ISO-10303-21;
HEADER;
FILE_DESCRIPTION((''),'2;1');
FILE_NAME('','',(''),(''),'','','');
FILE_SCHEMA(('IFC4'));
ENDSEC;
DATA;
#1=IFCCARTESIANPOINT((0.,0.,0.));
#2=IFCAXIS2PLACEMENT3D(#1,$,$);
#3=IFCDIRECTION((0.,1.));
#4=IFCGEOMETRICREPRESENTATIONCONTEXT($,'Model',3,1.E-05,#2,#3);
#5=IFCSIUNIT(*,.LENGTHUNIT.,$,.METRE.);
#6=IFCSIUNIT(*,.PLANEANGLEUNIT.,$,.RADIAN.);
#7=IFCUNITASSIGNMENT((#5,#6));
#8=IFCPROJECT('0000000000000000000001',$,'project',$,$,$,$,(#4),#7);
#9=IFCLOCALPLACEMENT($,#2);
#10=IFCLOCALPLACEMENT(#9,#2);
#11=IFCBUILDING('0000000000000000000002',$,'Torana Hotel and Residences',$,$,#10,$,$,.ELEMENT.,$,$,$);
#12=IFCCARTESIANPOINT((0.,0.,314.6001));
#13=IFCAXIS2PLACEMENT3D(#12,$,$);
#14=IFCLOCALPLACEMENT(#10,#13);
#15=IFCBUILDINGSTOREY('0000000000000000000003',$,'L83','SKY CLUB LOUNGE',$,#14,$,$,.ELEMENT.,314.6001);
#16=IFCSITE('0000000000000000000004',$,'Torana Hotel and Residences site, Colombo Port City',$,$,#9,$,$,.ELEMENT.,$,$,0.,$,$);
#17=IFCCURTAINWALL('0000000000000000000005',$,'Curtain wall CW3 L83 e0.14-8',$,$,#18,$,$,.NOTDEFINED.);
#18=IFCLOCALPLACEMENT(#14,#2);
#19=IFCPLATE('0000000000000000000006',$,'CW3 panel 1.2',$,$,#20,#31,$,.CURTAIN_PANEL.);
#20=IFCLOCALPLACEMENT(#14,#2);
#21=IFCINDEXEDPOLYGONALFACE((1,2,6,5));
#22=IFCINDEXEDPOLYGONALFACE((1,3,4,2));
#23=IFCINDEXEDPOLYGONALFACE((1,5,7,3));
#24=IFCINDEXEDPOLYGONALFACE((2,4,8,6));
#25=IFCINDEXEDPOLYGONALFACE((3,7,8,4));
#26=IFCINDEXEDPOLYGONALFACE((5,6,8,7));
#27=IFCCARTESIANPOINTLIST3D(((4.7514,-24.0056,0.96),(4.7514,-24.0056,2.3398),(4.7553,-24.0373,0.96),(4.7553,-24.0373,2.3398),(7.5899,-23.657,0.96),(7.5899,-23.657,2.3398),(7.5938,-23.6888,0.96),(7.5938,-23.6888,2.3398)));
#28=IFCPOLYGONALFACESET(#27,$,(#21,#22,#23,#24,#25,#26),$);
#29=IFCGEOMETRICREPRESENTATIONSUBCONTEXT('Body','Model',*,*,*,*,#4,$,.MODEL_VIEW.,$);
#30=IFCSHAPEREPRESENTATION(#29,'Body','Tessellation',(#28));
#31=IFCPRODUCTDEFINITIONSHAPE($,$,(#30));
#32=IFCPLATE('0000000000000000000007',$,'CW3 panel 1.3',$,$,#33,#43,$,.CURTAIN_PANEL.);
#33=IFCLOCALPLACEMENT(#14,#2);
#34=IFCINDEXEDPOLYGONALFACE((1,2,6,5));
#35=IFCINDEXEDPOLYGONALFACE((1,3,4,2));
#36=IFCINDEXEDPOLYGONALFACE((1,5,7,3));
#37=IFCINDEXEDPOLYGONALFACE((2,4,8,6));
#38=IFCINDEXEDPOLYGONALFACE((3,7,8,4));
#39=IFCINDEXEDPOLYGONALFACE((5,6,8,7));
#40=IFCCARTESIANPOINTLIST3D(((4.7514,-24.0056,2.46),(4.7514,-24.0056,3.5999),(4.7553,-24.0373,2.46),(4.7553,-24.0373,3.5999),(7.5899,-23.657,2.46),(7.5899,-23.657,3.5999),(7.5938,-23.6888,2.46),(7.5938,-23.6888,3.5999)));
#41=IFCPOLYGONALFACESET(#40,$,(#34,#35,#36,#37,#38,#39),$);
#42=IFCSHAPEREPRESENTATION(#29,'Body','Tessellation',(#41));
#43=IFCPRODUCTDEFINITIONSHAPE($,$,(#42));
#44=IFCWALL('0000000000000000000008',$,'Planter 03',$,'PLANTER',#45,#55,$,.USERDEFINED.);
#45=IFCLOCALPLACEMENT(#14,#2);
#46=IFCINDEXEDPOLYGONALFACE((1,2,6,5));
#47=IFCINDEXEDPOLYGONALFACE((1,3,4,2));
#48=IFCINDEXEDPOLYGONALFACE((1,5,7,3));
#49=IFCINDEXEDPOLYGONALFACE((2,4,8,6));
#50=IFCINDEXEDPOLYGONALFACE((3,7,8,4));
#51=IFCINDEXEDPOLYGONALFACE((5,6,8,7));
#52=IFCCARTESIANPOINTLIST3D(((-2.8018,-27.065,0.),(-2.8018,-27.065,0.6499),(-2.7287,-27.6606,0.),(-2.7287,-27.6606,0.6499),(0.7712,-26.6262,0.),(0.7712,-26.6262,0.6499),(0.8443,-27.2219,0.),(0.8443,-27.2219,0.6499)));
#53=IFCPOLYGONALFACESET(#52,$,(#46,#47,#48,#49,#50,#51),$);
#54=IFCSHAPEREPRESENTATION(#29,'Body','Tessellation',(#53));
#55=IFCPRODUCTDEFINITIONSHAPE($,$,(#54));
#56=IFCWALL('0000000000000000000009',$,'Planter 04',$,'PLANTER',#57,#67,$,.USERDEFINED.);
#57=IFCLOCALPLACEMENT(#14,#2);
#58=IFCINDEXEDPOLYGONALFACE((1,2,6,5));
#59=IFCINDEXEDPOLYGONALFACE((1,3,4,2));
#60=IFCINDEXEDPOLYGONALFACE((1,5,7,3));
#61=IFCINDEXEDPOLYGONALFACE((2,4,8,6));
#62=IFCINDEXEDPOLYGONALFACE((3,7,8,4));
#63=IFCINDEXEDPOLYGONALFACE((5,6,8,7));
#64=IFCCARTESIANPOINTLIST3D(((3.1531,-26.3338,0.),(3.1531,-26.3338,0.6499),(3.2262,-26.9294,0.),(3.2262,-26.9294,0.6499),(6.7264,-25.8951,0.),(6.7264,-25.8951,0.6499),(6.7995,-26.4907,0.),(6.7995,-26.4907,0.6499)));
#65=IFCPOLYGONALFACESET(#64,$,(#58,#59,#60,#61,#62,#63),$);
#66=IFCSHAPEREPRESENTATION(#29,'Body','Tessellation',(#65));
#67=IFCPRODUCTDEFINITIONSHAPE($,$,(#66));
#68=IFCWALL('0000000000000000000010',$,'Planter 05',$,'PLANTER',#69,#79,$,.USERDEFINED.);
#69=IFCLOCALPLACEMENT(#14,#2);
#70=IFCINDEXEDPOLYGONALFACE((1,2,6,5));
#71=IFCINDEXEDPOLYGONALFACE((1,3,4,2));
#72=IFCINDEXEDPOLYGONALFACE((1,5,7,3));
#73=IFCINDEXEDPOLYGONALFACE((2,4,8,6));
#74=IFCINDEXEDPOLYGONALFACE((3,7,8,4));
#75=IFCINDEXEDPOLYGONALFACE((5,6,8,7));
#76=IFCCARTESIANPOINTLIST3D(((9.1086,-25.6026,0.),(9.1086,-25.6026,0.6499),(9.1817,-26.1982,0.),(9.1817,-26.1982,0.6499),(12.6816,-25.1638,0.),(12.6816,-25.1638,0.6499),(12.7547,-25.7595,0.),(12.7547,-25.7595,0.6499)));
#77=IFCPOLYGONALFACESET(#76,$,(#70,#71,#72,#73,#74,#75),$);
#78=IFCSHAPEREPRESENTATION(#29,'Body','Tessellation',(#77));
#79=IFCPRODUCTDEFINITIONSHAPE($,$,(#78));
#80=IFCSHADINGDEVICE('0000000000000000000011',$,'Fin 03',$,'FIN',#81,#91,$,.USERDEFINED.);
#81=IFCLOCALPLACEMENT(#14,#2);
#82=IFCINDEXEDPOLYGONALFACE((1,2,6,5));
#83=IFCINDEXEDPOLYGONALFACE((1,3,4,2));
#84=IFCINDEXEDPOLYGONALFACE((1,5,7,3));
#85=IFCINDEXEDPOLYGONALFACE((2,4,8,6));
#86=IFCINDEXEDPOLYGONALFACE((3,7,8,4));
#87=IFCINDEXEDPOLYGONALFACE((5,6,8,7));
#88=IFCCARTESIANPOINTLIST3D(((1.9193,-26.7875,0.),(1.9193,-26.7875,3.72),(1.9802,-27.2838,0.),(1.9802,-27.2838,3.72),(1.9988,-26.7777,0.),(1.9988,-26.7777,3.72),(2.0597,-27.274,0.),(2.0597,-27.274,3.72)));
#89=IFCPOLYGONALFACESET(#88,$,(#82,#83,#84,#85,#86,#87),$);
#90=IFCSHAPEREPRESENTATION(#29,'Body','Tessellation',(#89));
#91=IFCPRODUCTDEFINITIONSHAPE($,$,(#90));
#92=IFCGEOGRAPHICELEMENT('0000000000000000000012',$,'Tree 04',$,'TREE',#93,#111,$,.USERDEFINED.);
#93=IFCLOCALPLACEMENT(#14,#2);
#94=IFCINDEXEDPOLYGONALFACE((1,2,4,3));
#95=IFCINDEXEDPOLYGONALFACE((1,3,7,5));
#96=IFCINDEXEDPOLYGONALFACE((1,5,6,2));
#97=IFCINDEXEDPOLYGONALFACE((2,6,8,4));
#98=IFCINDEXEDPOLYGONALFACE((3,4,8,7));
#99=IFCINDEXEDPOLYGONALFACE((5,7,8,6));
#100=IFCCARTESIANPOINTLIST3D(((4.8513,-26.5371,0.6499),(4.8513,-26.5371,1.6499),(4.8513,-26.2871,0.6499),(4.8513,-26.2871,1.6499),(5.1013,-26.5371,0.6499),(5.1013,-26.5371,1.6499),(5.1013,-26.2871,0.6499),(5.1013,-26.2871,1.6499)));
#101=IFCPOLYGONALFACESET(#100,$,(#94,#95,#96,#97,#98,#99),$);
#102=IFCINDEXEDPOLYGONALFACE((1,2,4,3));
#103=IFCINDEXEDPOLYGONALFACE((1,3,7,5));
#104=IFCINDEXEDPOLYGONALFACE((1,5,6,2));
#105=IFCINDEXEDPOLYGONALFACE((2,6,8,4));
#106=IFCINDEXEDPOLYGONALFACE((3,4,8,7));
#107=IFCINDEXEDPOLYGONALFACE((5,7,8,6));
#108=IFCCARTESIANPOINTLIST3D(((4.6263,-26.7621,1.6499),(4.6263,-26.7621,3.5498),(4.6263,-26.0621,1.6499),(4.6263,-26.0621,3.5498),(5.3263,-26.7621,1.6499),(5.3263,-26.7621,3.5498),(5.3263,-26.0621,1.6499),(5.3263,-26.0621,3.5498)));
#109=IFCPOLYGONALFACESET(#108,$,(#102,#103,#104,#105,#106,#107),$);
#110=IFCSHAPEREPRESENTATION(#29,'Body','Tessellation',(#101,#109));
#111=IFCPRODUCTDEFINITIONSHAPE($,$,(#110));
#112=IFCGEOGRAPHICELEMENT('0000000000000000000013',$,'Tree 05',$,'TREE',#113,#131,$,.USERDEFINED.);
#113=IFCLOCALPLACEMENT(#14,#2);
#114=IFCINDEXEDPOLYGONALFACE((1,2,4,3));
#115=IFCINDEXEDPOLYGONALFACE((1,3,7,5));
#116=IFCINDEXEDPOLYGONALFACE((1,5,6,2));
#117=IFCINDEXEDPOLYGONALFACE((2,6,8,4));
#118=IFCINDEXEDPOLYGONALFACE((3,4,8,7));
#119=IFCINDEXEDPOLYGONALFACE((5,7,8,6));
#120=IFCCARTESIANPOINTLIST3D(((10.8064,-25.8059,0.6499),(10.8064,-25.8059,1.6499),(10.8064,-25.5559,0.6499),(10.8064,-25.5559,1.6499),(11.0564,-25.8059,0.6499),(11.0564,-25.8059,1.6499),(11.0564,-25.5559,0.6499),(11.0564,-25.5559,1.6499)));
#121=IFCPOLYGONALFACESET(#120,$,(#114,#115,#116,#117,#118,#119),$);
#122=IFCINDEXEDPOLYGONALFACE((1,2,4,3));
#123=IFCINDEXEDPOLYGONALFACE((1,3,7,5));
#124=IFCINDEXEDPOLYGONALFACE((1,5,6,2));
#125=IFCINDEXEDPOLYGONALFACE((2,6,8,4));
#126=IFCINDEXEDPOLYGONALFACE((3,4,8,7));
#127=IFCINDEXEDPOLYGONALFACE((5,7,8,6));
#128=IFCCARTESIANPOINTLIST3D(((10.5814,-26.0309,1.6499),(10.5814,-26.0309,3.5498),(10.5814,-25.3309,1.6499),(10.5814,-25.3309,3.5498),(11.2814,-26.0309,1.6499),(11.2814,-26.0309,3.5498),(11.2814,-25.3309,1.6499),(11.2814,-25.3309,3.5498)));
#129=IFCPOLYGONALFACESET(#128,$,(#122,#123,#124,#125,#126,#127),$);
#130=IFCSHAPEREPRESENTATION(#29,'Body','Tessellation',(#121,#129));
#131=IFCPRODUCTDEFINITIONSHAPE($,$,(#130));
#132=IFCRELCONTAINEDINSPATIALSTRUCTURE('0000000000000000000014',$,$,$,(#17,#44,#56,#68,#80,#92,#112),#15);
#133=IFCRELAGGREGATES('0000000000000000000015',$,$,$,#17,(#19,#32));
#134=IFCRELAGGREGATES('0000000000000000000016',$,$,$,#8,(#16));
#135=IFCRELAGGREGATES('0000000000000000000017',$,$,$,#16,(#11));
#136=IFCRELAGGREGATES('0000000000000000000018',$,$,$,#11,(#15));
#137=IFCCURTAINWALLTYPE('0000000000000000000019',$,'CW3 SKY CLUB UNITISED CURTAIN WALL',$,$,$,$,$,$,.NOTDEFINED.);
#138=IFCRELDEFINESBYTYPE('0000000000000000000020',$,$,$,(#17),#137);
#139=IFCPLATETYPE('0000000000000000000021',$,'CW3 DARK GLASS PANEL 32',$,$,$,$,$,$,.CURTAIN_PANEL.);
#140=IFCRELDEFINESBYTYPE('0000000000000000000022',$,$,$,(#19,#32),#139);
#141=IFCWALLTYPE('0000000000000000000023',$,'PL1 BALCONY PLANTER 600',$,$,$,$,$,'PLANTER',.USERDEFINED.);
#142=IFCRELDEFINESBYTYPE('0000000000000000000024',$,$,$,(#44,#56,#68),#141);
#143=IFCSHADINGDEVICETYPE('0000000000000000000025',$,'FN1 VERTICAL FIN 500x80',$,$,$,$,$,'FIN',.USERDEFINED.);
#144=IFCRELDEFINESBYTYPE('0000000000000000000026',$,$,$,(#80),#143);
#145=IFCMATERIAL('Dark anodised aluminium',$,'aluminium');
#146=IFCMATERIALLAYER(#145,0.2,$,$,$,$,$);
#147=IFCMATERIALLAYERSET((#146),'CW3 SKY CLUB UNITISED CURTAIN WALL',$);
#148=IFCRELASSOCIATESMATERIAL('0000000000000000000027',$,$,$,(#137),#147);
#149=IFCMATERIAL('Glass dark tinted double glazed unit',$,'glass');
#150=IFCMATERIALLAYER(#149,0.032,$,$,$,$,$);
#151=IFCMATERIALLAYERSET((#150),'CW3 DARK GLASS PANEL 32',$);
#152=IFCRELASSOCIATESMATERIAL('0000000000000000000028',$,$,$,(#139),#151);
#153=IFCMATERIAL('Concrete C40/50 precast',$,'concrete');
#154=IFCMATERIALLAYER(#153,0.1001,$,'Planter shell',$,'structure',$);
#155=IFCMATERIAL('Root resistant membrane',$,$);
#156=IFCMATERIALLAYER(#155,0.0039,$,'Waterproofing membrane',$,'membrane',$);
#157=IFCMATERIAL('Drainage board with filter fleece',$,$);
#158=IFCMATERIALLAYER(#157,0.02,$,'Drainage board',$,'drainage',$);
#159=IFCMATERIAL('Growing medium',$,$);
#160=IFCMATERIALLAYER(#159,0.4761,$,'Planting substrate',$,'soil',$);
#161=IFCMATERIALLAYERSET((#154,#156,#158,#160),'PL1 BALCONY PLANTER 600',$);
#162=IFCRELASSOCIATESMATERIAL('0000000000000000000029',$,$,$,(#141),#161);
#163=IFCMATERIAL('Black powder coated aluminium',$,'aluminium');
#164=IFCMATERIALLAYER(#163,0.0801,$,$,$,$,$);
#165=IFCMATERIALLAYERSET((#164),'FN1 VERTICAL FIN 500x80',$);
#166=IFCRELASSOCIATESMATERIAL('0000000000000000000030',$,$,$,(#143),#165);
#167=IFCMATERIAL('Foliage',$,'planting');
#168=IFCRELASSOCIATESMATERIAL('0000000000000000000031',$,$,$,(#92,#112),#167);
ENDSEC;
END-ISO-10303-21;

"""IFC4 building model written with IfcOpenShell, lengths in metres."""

from ifc_helpers import new_model, si_unit, direction, frame, frame_2d, origin, origin_2d, place, context, subcontext, project, spatial, rectangle, extrude, material, layer, layer_set, type_object, element, aggregate, save


model = new_model("IFC4")

# Units and contexts
model_context = context("Model", 3, precision=1e-05, world=origin(), true_north=direction((0.0, 1.0)))
body_context = subcontext(model_context, "Body", "Model", "MODEL_VIEW")
ifc_project = project(units=[si_unit("LENGTHUNIT", "METRE"), si_unit("PLANEANGLEUNIT", "RADIAN")], contexts=[model_context])

# Site, building, storey
site_placement = place(None, origin())
site = spatial("IfcSite", under=ifc_project, at=site_placement, Name="Torana Hotel and Residences site, Colombo Port City", CompositionType="ELEMENT", RefElevation=0.0)
building_placement = place(site_placement, origin())
building = spatial("IfcBuilding", under=site, at=building_placement, Name="Torana Hotel and Residences", CompositionType="ELEMENT")
storey_placement = place(building_placement, frame((0.0, 0.0, 314.6001)))
storey = spatial("IfcBuildingStorey", under=building, at=storey_placement, Name="L83", Description="SKY CLUB LOUNGE", CompositionType="ELEMENT", Elevation=314.6001)

# Shared definitions
ifc_material_1 = material(Name="Dark anodised aluminium", Category="aluminium")
ifc_layer_1 = layer(ifc_material_1, 0.2)
ifc_layer_set_1 = layer_set([ifc_layer_1], Name="CW3 SKY CLUB UNITISED CURTAIN WALL")
curtain_wall_type = type_object("IfcCurtainWallType", Name="CW3 SKY CLUB UNITISED CURTAIN WALL", PredefinedType="NOTDEFINED", material=ifc_layer_set_1)

# Curtain wall
curtain_wall_1_placement = place(storey_placement, origin())
curtain_wall_1 = element("IfcCurtainWall", 1, at=curtain_wall_1_placement, inside=storey, type_object=curtain_wall_type, Name="Curtain wall CW3 L83 e0.14-8", PredefinedType="NOTDEFINED")

# Plates
ifc_material_2 = material(Name="Glass dark tinted double glazed unit", Category="glass")
ifc_layer_2 = layer(ifc_material_2, 0.032)
ifc_layer_set_2 = layer_set([ifc_layer_2], Name="CW3 DARK GLASS PANEL 32")
plate_type = type_object("IfcPlateType", Name="CW3 DARK GLASS PANEL 32", PredefinedType="CURTAIN_PANEL", material=ifc_layer_set_2)
plate_1_placement = place(storey_placement, frame((6.1726, -23.8472, 0.96), z_axis=(0.0, 0.0, 1.0), x_axis=(0.992546, 0.121868, 0.0)))
plate_1 = element("IfcPlate", 2, at=plate_1_placement, type_object=plate_type, Name="CW3 panel 1.2", PredefinedType="CURTAIN_PANEL", context=body_context, shape_type="SweptSolid", body=[
    extrude(rectangle(XDim=2.8599, YDim=0.032, at=origin_2d()), origin(), (0.0, 0.0, 1.0), 1.3799),
])
plate_2_placement = place(storey_placement, frame((6.1726, -23.8472, 2.46), z_axis=(0.0, 0.0, 1.0), x_axis=(0.992546, 0.121868, 0.0)))
plate_2 = element("IfcPlate", 3, at=plate_2_placement, type_object=plate_type, Name="CW3 panel 1.3", PredefinedType="CURTAIN_PANEL", context=body_context, shape_type="SweptSolid", body=[
    extrude(rectangle(XDim=2.8599, YDim=0.032, at=origin_2d()), origin(), (0.0, 0.0, 1.0), 1.1399),
])
aggregate(curtain_wall_1, [plate_1, plate_2])

# Walls
ifc_material_3 = material(Name="Concrete C40/50 precast", Category="concrete")
ifc_layer_3 = layer(ifc_material_3, 0.1001, Name="Planter shell", Category="structure")
ifc_material_4 = material(Name="Root resistant membrane")
ifc_layer_4 = layer(ifc_material_4, 0.0039, Name="Waterproofing membrane", Category="membrane")
ifc_material_5 = material(Name="Drainage board with filter fleece")
ifc_layer_5 = layer(ifc_material_5, 0.02, Name="Drainage board", Category="drainage")
ifc_material_6 = material(Name="Growing medium")
ifc_layer_6 = layer(ifc_material_6, 0.4761, Name="Planting substrate", Category="soil")
ifc_layer_set_3 = layer_set([ifc_layer_3, ifc_layer_4, ifc_layer_5, ifc_layer_6], Name="PL1 BALCONY PLANTER 600")
wall_type_1 = type_object("IfcWallType", Name="PL1 BALCONY PLANTER 600", ElementType="PLANTER", PredefinedType="USERDEFINED", material=ifc_layer_set_3)
wall_1_placement = place(storey_placement, frame((0.8076, -26.9241, 0.0), z_axis=(0.0, 0.0, 1.0), x_axis=(-0.992546, -0.121873, 0.0)))
element("IfcWall", 4, at=wall_1_placement, inside=storey, type_object=wall_type_1, Name="Planter 03", ObjectType="PLANTER", PredefinedType="USERDEFINED", context=body_context, shape_type="SweptSolid", body=[
    extrude(rectangle(XDim=3.5999, YDim=0.6001, at=frame_2d((1.7998, 0.0))), origin(), (0.0, 0.0, 1.0), 0.6499),
])
wall_2_placement = place(storey_placement, frame((6.7629, -26.1929, 0.0), z_axis=(0.0, 0.0, 1.0), x_axis=(-0.992547, -0.121864, 0.0)))
element("IfcWall", 5, at=wall_2_placement, inside=storey, type_object=wall_type_1, Name="Planter 04", ObjectType="PLANTER", PredefinedType="USERDEFINED", context=body_context, shape_type="SweptSolid", body=[
    extrude(rectangle(XDim=3.6001, YDim=0.6001, at=frame_2d((1.8, 0.0))), origin(), (0.0, 0.0, 1.0), 0.6499),
])
wall_3_placement = place(storey_placement, frame((12.718, -25.4617, 0.0), z_axis=(0.0, 0.0, 1.0), x_axis=(-0.992546, -0.121873, 0.0)))
element("IfcWall", 6, at=wall_3_placement, inside=storey, type_object=wall_type_1, Name="Planter 05", ObjectType="PLANTER", PredefinedType="USERDEFINED", context=body_context, shape_type="SweptSolid", body=[
    extrude(rectangle(XDim=3.5999, YDim=0.6001, at=frame_2d((1.7998, 0.0))), origin(), (0.0, 0.0, 1.0), 0.6499),
])

# Shading device
ifc_material_7 = material(Name="Black powder coated aluminium", Category="aluminium")
ifc_layer_7 = layer(ifc_material_7, 0.0801)
ifc_layer_set_4 = layer_set([ifc_layer_7], Name="FN1 VERTICAL FIN 500x80")
shading_device_type = type_object("IfcShadingDeviceType", Name="FN1 VERTICAL FIN 500x80", ElementType="FIN", PredefinedType="USERDEFINED", material=ifc_layer_set_4)
shading_device_placement = place(storey_placement, frame((1.9895, -27.0308, 0.0), z_axis=(0.0, 0.0, 1.0), x_axis=(-0.992547, -0.121866, 0.0)))
element("IfcShadingDevice", 7, at=shading_device_placement, inside=storey, type_object=shading_device_type, Name="Fin 03", ObjectType="FIN", PredefinedType="USERDEFINED", context=body_context, shape_type="SweptSolid", body=[
    extrude(rectangle(XDim=0.0801, YDim=0.5, at=origin_2d()), origin(), (0.0, 0.0, 1.0), 3.72),
])

# Geographic elements
ifc_material_8 = material(Name="Foliage", Category="planting")
for number, where, z_axis, x_axis, name in (
    (8, (4.9763, -26.4121, 0.6499), (0.0, 0.0, 1.0), (1.0, 0.0, 0.0), "Tree 04"),
    (9, (10.9314, -25.6809, 0.6499), (0.0, 0.0, 1.0), (1.0, 0.0, 0.0), "Tree 05"),
):
    element("IfcGeographicElement", number, at=place(storey_placement, frame(where, z_axis=z_axis, x_axis=x_axis)), inside=storey, material=ifc_material_8, Name=name, ObjectType="TREE", PredefinedType="USERDEFINED", context=body_context, shape_type="SweptSolid", body=[
        extrude(rectangle(XDim=0.25, YDim=0.25, at=origin_2d()), origin(), (0.0, 0.0, 1.0), 1.0),
        extrude(rectangle(XDim=0.7, YDim=0.7, at=origin_2d()), frame((0.0, 0.0, 1.0)), (0.0, 0.0, 1.0), 1.8999),
    ])

save(model, "model.ifc")
